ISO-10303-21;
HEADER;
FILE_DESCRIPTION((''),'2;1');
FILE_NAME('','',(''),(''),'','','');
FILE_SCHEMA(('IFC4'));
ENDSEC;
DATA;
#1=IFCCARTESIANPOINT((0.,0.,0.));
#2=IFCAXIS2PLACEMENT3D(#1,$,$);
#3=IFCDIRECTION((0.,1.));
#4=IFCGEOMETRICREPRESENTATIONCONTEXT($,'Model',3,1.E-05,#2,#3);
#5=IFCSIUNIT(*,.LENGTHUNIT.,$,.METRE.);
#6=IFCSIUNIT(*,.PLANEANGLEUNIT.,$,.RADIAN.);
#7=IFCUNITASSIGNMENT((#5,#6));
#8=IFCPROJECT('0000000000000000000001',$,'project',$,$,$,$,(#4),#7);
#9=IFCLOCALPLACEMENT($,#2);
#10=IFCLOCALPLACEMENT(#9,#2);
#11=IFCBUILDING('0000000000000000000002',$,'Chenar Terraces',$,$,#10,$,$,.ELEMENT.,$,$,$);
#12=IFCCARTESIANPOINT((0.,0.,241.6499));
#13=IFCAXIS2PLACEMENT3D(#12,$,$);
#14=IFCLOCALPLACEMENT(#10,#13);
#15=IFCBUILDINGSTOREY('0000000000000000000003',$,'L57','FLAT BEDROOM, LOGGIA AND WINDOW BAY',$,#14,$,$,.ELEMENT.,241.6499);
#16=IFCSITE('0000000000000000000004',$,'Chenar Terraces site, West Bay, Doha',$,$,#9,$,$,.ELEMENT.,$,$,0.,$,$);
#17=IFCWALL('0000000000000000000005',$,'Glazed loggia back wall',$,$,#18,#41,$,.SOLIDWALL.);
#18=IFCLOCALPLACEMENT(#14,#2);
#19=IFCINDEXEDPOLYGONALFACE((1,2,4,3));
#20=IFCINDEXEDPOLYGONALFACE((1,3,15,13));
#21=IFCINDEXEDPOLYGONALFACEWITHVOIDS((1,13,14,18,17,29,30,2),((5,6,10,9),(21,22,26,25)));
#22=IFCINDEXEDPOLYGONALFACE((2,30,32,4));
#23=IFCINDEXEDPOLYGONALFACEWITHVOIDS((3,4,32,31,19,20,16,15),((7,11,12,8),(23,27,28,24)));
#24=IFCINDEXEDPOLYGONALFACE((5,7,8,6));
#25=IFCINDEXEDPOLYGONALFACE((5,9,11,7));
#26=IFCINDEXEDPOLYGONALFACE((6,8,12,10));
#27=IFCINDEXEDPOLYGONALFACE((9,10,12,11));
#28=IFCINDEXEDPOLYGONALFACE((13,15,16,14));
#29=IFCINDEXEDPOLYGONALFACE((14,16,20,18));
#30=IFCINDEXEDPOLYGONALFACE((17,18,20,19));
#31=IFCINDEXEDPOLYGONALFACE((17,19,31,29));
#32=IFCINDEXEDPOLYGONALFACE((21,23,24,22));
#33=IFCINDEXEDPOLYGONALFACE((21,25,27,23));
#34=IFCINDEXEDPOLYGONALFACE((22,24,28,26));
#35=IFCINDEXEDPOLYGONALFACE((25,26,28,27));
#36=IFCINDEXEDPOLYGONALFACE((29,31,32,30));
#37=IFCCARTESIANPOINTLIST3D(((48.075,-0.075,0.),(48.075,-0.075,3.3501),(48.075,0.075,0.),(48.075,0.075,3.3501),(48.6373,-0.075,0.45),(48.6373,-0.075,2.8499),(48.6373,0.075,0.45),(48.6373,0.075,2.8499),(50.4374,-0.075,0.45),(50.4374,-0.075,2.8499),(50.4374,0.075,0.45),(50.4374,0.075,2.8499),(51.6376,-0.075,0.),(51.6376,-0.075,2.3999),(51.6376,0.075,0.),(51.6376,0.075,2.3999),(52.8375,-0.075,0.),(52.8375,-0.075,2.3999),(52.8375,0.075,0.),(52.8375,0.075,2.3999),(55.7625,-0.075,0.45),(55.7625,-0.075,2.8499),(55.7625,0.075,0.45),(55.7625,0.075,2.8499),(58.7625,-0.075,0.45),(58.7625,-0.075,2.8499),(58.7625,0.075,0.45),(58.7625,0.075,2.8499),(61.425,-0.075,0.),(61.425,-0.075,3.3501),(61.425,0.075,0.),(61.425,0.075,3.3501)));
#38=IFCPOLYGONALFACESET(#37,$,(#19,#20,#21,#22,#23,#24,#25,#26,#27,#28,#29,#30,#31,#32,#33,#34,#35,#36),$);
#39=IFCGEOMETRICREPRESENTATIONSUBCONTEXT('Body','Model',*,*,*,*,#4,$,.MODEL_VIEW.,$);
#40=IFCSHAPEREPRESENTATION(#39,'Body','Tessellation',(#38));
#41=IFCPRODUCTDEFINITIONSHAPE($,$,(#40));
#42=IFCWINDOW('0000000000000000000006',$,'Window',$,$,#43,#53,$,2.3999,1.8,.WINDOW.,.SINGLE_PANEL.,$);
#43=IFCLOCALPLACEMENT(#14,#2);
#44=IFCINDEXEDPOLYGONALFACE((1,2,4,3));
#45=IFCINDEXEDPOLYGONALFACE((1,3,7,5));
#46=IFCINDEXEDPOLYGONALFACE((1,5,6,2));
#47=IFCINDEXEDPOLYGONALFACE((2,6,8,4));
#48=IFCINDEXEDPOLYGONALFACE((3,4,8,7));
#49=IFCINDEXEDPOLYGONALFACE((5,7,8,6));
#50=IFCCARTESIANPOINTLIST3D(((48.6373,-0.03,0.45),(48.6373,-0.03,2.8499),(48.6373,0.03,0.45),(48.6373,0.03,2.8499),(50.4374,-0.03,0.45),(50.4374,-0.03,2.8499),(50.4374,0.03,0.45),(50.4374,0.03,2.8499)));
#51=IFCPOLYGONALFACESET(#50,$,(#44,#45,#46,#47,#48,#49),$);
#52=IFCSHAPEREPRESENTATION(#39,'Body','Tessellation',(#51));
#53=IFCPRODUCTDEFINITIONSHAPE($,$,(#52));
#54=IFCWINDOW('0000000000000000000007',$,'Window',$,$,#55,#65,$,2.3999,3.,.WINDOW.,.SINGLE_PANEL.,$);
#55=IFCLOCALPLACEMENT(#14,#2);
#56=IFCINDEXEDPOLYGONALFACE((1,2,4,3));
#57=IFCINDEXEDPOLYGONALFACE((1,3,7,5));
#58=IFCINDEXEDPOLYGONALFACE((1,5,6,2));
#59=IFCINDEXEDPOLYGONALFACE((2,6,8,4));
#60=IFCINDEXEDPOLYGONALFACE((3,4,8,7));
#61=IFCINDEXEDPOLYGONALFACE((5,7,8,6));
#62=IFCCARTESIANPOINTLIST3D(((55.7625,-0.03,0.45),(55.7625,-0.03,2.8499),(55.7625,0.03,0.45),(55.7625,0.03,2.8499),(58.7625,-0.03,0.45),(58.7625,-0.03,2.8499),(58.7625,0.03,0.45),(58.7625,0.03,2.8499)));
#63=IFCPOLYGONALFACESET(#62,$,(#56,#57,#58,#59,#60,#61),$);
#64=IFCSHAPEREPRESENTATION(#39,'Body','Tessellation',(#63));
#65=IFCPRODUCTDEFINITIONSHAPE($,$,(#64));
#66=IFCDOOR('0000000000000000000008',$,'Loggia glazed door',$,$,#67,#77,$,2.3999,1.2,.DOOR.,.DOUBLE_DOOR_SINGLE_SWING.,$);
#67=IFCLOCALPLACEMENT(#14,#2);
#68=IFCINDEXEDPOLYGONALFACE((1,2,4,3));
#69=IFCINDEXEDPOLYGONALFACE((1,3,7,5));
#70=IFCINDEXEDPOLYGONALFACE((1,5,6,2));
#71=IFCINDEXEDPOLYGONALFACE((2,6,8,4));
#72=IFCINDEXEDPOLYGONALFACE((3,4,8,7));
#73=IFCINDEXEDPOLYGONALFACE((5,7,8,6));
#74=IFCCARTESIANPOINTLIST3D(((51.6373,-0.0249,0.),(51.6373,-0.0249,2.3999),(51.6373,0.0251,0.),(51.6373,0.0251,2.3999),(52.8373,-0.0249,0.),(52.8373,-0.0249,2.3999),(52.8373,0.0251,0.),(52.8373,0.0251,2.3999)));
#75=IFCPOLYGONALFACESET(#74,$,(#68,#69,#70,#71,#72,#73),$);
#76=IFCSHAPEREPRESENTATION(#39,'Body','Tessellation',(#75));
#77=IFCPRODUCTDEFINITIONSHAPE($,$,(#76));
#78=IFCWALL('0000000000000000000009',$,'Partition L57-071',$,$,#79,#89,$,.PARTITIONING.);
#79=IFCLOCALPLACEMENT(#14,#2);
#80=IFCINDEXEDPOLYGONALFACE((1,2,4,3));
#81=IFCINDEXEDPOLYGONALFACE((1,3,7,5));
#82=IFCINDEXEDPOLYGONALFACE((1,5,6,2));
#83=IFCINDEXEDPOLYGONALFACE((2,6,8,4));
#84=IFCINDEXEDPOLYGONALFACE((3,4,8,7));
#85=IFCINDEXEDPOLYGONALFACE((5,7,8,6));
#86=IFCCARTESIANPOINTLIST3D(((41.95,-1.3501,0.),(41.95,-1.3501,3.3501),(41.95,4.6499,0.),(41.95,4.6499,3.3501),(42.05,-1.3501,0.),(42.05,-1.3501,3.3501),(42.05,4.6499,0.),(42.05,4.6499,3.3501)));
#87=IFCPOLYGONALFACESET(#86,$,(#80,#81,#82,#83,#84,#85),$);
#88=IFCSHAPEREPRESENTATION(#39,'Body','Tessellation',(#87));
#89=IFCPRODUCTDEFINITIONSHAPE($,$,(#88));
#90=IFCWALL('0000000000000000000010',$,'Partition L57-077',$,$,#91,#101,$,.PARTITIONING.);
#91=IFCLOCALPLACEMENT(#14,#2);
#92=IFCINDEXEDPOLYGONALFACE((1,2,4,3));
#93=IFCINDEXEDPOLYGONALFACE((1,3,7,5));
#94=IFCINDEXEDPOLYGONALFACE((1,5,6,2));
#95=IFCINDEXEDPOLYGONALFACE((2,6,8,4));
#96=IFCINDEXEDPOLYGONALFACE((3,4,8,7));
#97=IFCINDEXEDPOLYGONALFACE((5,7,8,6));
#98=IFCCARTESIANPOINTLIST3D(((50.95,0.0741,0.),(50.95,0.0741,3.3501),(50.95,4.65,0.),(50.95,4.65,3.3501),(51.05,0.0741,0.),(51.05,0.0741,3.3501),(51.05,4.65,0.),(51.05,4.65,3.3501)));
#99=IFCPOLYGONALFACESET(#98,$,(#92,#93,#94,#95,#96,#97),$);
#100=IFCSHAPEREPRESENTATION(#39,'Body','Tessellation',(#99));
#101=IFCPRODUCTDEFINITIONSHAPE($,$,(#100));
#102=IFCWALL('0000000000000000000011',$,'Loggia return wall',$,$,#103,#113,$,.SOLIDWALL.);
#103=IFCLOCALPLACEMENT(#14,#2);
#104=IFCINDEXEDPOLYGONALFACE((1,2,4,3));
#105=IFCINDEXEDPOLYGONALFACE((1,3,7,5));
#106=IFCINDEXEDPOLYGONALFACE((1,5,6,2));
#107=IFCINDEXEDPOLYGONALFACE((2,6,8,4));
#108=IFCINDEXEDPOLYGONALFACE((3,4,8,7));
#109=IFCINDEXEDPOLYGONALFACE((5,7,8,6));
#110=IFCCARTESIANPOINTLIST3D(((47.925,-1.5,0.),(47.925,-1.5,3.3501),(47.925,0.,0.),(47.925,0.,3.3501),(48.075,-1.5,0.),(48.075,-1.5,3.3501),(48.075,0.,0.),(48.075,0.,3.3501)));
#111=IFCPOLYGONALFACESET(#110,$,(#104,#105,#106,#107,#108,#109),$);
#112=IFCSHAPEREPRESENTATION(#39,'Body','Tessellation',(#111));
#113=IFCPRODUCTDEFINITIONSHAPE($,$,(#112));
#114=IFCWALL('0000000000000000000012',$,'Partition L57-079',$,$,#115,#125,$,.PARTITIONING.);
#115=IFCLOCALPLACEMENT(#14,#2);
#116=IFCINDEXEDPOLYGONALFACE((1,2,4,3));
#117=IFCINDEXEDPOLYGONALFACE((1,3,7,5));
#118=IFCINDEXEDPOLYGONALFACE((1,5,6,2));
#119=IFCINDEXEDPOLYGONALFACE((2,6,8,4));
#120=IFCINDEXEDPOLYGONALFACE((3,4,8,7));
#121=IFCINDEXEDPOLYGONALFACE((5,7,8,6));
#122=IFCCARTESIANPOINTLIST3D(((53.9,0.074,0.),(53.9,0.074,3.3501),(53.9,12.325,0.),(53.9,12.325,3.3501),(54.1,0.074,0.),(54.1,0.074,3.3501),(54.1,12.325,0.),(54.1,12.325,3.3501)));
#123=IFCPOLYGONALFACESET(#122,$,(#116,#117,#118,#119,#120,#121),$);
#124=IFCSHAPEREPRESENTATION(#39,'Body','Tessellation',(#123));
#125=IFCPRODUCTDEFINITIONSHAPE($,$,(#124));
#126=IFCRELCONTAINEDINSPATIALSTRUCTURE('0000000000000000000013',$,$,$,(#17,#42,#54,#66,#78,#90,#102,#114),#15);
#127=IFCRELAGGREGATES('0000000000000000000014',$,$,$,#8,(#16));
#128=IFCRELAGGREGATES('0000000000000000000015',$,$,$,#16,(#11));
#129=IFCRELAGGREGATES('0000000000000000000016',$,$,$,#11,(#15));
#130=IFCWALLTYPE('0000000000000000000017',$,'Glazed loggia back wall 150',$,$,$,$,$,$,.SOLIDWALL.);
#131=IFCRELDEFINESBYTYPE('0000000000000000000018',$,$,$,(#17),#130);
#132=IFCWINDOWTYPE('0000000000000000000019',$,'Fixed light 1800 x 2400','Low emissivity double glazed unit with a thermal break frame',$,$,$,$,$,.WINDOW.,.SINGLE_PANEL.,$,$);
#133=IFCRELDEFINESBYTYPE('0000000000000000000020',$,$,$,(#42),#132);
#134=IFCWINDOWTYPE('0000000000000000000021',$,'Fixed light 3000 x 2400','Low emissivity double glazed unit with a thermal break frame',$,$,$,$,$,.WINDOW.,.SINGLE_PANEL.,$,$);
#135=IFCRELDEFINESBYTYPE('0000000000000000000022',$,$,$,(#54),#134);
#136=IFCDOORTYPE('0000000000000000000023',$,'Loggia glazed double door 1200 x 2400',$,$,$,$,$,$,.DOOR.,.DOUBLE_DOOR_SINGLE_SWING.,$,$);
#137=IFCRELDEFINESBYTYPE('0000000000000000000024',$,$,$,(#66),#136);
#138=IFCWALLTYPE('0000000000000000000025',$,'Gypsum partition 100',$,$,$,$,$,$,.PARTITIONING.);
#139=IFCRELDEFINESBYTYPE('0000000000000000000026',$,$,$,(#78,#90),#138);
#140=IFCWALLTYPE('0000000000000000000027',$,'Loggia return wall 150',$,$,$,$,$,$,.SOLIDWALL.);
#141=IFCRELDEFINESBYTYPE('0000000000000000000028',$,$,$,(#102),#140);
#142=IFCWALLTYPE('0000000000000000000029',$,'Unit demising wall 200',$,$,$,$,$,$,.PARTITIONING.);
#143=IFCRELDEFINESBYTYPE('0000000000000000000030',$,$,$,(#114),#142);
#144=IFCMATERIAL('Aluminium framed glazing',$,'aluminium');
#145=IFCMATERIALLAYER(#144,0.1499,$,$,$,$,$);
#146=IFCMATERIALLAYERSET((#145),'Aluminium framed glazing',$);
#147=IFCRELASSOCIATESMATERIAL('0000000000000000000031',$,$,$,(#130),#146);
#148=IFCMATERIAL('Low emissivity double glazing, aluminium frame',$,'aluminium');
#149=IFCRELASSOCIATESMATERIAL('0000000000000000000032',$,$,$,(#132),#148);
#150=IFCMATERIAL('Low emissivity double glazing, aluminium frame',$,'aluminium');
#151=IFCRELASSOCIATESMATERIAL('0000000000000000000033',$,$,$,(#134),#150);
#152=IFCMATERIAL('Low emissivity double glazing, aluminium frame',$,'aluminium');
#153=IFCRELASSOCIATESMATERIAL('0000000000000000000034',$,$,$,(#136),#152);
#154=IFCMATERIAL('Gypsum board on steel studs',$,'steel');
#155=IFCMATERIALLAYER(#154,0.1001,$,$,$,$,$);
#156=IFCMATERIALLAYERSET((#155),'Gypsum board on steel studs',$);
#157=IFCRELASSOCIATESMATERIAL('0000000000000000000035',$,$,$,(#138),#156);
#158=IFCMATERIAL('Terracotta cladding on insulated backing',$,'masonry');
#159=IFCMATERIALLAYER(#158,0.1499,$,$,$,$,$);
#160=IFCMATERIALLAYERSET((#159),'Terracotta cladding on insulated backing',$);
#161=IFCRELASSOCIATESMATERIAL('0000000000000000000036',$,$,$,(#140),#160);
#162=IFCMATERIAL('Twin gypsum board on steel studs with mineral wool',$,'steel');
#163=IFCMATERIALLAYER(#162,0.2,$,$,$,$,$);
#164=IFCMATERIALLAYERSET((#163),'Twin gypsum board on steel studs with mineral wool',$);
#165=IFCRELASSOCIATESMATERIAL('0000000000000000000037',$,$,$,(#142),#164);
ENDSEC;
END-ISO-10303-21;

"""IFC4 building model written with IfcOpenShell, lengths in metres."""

from ifc_helpers import new_model, si_unit, direction, frame, frame_2d, origin, place, context, subcontext, project, spatial, rectangle, extrude, material, layer, layer_set, type_object, element, fill, save


model = new_model("IFC4")

# Units and contexts
model_context = context("Model", 3, precision=1e-05, world=origin(), true_north=direction((0.0, 1.0)))
body_context = subcontext(model_context, "Body", "Model", "MODEL_VIEW")
ifc_project = project(units=[si_unit("LENGTHUNIT", "METRE"), si_unit("PLANEANGLEUNIT", "RADIAN")], contexts=[model_context])

# Site, building, storey
site_placement = place(None, origin())
site = spatial("IfcSite", under=ifc_project, at=site_placement, Name="Chenar Terraces site, West Bay, Doha", CompositionType="ELEMENT", RefElevation=0.0)
building_placement = place(site_placement, origin())
building = spatial("IfcBuilding", under=site, at=building_placement, Name="Chenar Terraces", CompositionType="ELEMENT")
storey_placement = place(building_placement, frame((0.0, 0.0, 241.6499)))
storey = spatial("IfcBuildingStorey", under=building, at=storey_placement, Name="L57", Description="FLAT BEDROOM, LOGGIA AND WINDOW BAY", CompositionType="ELEMENT", Elevation=241.6499)

# Wall, openings, windows, door
ifc_material_1 = material(Name="Aluminium framed glazing", Category="aluminium")
ifc_layer_1 = layer(ifc_material_1, 0.1499)
ifc_layer_set_1 = layer_set([ifc_layer_1], Name="Aluminium framed glazing")
wall_type_1 = type_object("IfcWallType", Name="Glazed loggia back wall 150", PredefinedType="SOLIDWALL", material=ifc_layer_set_1)
wall_1_placement = place(storey_placement, frame((48.075, 0.0, 0.0), z_axis=(0.0, 0.0, 1.0), x_axis=(1.0, 0.0, 0.0)))
wall_1 = element("IfcWall", 1, at=wall_1_placement, inside=storey, type_object=wall_type_1, Name="Glazed loggia back wall", PredefinedType="SOLIDWALL", context=body_context, shape_type="SweptSolid", body=[
    extrude(rectangle(XDim=13.3501, YDim=0.1499, at=frame_2d((6.675, 0.0))), origin(), (0.0, 0.0, 1.0), 3.3501),
])
opening_1_placement = place(wall_1_placement, frame((0.5625, 0.0, 0.45)))
opening_1 = element("IfcOpeningElement", 2, at=opening_1_placement, cuts=wall_1, PredefinedType="OPENING", context=body_context, shape_type="SweptSolid", body=[
    extrude(rectangle(XDim=1.8, YDim=2.3999, at=frame_2d((0.8999, 1.2))), frame((0.0, 0.085, 0.0), z_axis=(0.0, -1.0, 0.0), x_axis=(1.0, 0.0, 0.0)), (0.0, 0.0, 1.0), 0.1699),
])
opening_2_placement = place(wall_1_placement, frame((3.5625, 0.0, 0.0)))
opening_2 = element("IfcOpeningElement", 3, at=opening_2_placement, cuts=wall_1, PredefinedType="OPENING", context=body_context, shape_type="SweptSolid", body=[
    extrude(rectangle(XDim=1.2, YDim=2.3999, at=frame_2d((0.6001, 1.2))), frame((0.0, 0.085, 0.0), z_axis=(0.0, -1.0, 0.0), x_axis=(1.0, 0.0, 0.0)), (0.0, 0.0, 1.0), 0.1699),
])
opening_3_placement = place(wall_1_placement, frame((7.6875, 0.0, 0.45)))
opening_3 = element("IfcOpeningElement", 4, at=opening_3_placement, cuts=wall_1, PredefinedType="OPENING", context=body_context, shape_type="SweptSolid", body=[
    extrude(rectangle(XDim=3.0, YDim=2.3999, at=frame_2d((1.5, 1.2))), frame((0.0, 0.085, 0.0), z_axis=(0.0, -1.0, 0.0), x_axis=(1.0, 0.0, 0.0)), (0.0, 0.0, 1.0), 0.1699),
])
ifc_material_2 = material(Name="Low emissivity double glazing, aluminium frame", Category="aluminium")
window_type_1 = type_object("IfcWindowType", Name="Fixed light 1800 x 2400", Description="Low emissivity double glazed unit with a thermal break frame", PartitioningType="SINGLE_PANEL", PredefinedType="WINDOW", material=ifc_material_2)
window_1_placement = place(opening_1_placement, origin())
window_1 = element("IfcWindow", 5, at=window_1_placement, inside=storey, type_object=window_type_1, Name="Window", OverallHeight=2.3999, OverallWidth=1.8, PartitioningType="SINGLE_PANEL", PredefinedType="WINDOW", context=body_context, shape_type="SweptSolid", body=[
    extrude(rectangle(XDim=1.8, YDim=2.3999, at=frame_2d((0.8999, 1.2))), frame((0.0, 0.03, 0.0), z_axis=(0.0, -1.0, 0.0), x_axis=(1.0, 0.0, 0.0)), (0.0, 0.0, 1.0), 0.0601),
])
fill(opening_1, window_1)
ifc_material_3 = material(Name="Low emissivity double glazing, aluminium frame", Category="aluminium")
window_type_2 = type_object("IfcWindowType", Name="Fixed light 3000 x 2400", Description="Low emissivity double glazed unit with a thermal break frame", PartitioningType="SINGLE_PANEL", PredefinedType="WINDOW", material=ifc_material_3)
window_2_placement = place(opening_3_placement, origin())
window_2 = element("IfcWindow", 6, at=window_2_placement, inside=storey, type_object=window_type_2, Name="Window", OverallHeight=2.3999, OverallWidth=3.0, PartitioningType="SINGLE_PANEL", PredefinedType="WINDOW", context=body_context, shape_type="SweptSolid", body=[
    extrude(rectangle(XDim=3.0, YDim=2.3999, at=frame_2d((1.5, 1.2))), frame((0.0, 0.03, 0.0), z_axis=(0.0, -1.0, 0.0), x_axis=(1.0, 0.0, 0.0)), (0.0, 0.0, 1.0), 0.0601),
])
fill(opening_3, window_2)
ifc_material_4 = material(Name="Low emissivity double glazing, aluminium frame", Category="aluminium")
door_type_1 = type_object("IfcDoorType", Name="Loggia glazed double door 1200 x 2400", OperationType="DOUBLE_DOOR_SINGLE_SWING", PredefinedType="DOOR", material=ifc_material_4)
door_1_placement = place(opening_2_placement, frame((1.2, 0.0, 0.0), z_axis=(0.0, 0.0, 1.0), x_axis=(-1.0, 0.0, 0.0)))
door_1 = element("IfcDoor", 7, at=door_1_placement, inside=storey, type_object=door_type_1, Name="Loggia glazed door", OperationType="DOUBLE_DOOR_SINGLE_SWING", OverallHeight=2.3999, OverallWidth=1.2, PredefinedType="DOOR", context=body_context, shape_type="SweptSolid", body=[
    extrude(rectangle(XDim=1.2, YDim=2.3999, at=frame_2d((0.6001, 1.2))), frame((0.0, 0.0249, 0.0), z_axis=(0.0, -1.0, 0.0), x_axis=(1.0, 0.0, 0.0)), (0.0, 0.0, 1.0), 0.05),
])
fill(opening_2, door_1)

# Walls
ifc_material_5 = material(Name="Gypsum board on steel studs", Category="steel")
ifc_layer_2 = layer(ifc_material_5, 0.1001)
ifc_layer_set_2 = layer_set([ifc_layer_2], Name="Gypsum board on steel studs")
wall_type_2 = type_object("IfcWallType", Name="Gypsum partition 100", PredefinedType="PARTITIONING", material=ifc_layer_set_2)
wall_2_placement = place(storey_placement, frame((42.0, -1.3501, 0.0), z_axis=(0.0, 0.0, 1.0), x_axis=(0.0, 1.0, 0.0)))
element("IfcWall", 8, at=wall_2_placement, inside=storey, type_object=wall_type_2, Name="Partition L57-071", PredefinedType="PARTITIONING", context=body_context, shape_type="SweptSolid", body=[
    extrude(rectangle(XDim=6.0, YDim=0.1001, at=frame_2d((3.0, 0.0))), origin(), (0.0, 0.0, 1.0), 3.3501),
])
wall_3_placement = place(storey_placement, frame((51.0, 0.074, 0.0), z_axis=(0.0, 0.0, 1.0), x_axis=(0.0, 1.0, 0.0)))
element("IfcWall", 9, at=wall_3_placement, inside=storey, type_object=wall_type_2, Name="Partition L57-077", PredefinedType="PARTITIONING", context=body_context, shape_type="SweptSolid", body=[
    extrude(rectangle(XDim=4.5759, YDim=0.1001, at=frame_2d((2.2881, 0.0))), origin(), (0.0, 0.0, 1.0), 3.3501),
])
ifc_material_6 = material(Name="Terracotta cladding on insulated backing", Category="masonry")
ifc_layer_3 = layer(ifc_material_6, 0.1499)
ifc_layer_set_3 = layer_set([ifc_layer_3], Name="Terracotta cladding on insulated backing")
wall_type_3 = type_object("IfcWallType", Name="Loggia return wall 150", PredefinedType="SOLIDWALL", material=ifc_layer_set_3)
wall_4_placement = place(storey_placement, frame((48.0, -1.5, 0.0), z_axis=(0.0, 0.0, 1.0), x_axis=(0.0, 1.0, 0.0)))
element("IfcWall", 10, at=wall_4_placement, inside=storey, type_object=wall_type_3, Name="Loggia return wall", PredefinedType="SOLIDWALL", context=body_context, shape_type="SweptSolid", body=[
    extrude(rectangle(XDim=1.5, YDim=0.1499, at=frame_2d((0.75, 0.0))), origin(), (0.0, 0.0, 1.0), 3.3501),
])
ifc_material_7 = material(Name="Twin gypsum board on steel studs with mineral wool", Category="steel")
ifc_layer_4 = layer(ifc_material_7, 0.2)
ifc_layer_set_4 = layer_set([ifc_layer_4], Name="Twin gypsum board on steel studs with mineral wool")
wall_type_4 = type_object("IfcWallType", Name="Unit demising wall 200", PredefinedType="PARTITIONING", material=ifc_layer_set_4)
wall_5_placement = place(storey_placement, frame((54.0, 0.074, 0.0), z_axis=(0.0, 0.0, 1.0), x_axis=(0.0, 1.0, 0.0)))
element("IfcWall", 11, at=wall_5_placement, inside=storey, type_object=wall_type_4, Name="Partition L57-079", PredefinedType="PARTITIONING", context=body_context, shape_type="SweptSolid", body=[
    extrude(rectangle(XDim=12.251, YDim=0.2, at=frame_2d((6.1255, 0.0))), origin(), (0.0, 0.0, 1.0), 3.3501),
])

save(model, "model.ifc")
